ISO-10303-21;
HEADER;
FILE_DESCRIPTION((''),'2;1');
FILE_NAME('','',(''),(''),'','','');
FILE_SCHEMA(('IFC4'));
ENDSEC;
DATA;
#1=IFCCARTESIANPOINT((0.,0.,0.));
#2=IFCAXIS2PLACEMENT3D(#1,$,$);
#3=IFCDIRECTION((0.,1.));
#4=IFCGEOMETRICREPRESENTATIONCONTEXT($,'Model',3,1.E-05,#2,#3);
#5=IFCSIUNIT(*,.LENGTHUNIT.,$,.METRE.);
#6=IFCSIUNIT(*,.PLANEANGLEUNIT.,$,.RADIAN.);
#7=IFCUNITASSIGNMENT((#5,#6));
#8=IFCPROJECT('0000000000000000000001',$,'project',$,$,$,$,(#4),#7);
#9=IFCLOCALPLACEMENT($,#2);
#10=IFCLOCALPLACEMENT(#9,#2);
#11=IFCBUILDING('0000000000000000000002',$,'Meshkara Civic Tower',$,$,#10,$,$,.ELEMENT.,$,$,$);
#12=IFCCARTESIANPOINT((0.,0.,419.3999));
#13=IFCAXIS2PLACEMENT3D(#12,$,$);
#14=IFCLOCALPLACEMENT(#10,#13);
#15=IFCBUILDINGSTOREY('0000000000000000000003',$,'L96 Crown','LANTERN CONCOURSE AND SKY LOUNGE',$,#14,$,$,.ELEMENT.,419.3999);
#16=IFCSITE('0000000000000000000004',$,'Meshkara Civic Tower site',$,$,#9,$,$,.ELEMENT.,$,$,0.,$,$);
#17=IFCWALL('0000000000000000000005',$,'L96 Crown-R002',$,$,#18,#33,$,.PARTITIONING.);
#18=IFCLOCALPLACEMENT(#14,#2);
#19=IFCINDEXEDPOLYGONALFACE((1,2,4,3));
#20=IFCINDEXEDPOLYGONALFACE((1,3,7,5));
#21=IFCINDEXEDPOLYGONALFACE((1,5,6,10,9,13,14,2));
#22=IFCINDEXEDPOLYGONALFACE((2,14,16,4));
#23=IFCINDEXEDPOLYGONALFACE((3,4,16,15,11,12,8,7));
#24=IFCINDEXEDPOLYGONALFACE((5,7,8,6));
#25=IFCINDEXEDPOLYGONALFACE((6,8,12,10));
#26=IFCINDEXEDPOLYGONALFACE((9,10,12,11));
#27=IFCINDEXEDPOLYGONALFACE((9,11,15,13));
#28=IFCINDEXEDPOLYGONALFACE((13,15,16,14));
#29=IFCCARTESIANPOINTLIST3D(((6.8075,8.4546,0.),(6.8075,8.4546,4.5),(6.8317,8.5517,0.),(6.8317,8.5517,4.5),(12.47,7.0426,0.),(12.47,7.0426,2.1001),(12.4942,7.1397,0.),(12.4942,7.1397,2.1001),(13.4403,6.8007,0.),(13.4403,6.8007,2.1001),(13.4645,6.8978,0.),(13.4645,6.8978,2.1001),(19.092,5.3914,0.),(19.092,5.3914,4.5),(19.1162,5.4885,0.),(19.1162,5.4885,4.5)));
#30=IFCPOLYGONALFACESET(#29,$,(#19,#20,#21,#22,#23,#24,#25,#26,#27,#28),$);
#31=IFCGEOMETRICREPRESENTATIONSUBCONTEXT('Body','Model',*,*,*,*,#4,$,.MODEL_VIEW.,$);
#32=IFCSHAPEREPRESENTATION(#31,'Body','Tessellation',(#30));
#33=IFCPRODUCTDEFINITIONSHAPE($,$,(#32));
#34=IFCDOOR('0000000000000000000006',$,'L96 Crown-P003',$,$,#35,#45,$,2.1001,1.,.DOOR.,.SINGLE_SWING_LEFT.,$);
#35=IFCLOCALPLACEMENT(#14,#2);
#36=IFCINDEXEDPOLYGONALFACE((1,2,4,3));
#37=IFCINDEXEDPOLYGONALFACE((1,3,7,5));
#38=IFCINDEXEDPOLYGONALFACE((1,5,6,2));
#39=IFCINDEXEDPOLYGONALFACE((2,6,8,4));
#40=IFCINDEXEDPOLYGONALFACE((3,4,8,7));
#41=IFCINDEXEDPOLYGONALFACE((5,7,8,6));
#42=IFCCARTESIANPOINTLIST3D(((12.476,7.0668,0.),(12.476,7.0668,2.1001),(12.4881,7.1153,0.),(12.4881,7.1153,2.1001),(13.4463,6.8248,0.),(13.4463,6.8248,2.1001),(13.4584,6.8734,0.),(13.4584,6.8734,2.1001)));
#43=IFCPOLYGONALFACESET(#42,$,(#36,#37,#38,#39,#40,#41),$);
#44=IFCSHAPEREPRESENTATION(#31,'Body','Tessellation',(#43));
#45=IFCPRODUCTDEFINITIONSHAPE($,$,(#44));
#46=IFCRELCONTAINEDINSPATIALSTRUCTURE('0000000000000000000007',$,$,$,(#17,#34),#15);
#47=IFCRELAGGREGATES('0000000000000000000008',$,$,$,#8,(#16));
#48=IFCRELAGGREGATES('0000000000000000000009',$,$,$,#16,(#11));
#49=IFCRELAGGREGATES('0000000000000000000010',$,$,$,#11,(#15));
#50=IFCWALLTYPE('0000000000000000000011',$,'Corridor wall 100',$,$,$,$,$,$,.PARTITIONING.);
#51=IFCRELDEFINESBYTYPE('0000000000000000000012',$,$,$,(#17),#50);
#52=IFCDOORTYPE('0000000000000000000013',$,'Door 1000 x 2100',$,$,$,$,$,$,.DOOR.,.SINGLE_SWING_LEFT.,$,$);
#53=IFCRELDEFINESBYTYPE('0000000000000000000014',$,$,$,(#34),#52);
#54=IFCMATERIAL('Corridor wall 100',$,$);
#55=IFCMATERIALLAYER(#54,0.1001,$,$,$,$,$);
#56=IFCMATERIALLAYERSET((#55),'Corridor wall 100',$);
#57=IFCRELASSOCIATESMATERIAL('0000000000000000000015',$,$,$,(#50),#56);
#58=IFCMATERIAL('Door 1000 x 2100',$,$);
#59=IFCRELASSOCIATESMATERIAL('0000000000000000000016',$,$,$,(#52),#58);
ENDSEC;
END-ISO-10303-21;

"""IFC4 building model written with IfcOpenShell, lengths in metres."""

from ifc_helpers import new_model, si_unit, direction, frame, frame_2d, origin, place, context, subcontext, project, spatial, rectangle, extrude, material, layer, layer_set, type_object, element, fill, save


model = new_model("IFC4")

# Units and contexts
model_context = context("Model", 3, precision=1e-05, world=origin(), true_north=direction((0.0, 1.0)))
body_context = subcontext(model_context, "Body", "Model", "MODEL_VIEW")
ifc_project = project(units=[si_unit("LENGTHUNIT", "METRE"), si_unit("PLANEANGLEUNIT", "RADIAN")], contexts=[model_context])

# Site, building, storey
site_placement = place(None, origin())
site = spatial("IfcSite", under=ifc_project, at=site_placement, Name="Meshkara Civic Tower site", CompositionType="ELEMENT", RefElevation=0.0)
building_placement = place(site_placement, origin())
building = spatial("IfcBuilding", under=site, at=building_placement, Name="Meshkara Civic Tower", CompositionType="ELEMENT")
storey_placement = place(building_placement, frame((0.0, 0.0, 419.3999)))
storey = spatial("IfcBuildingStorey", under=building, at=storey_placement, Name="L96 Crown", Description="LANTERN CONCOURSE AND SKY LOUNGE", CompositionType="ELEMENT", Elevation=419.3999)

# Wall, opening, door
ifc_material_1 = material(Name="Corridor wall 100")
ifc_layer_1 = layer(ifc_material_1, 0.1001)
ifc_layer_set_1 = layer_set([ifc_layer_1], Name="Corridor wall 100")
wall_type = type_object("IfcWallType", Name="Corridor wall 100", PredefinedType="PARTITIONING", material=ifc_layer_set_1)
wall_placement = place(storey_placement, frame((6.8196, 8.5032, 0.0), z_axis=(0.0, 0.0, 1.0), x_axis=(0.970289, -0.24195, 0.0)))
wall = element("IfcWall", 1, at=wall_placement, inside=storey, type_object=wall_type, Name="L96 Crown-R002", PredefinedType="PARTITIONING", context=body_context, shape_type="SweptSolid", body=[
    extrude(rectangle(XDim=12.6606, YDim=0.1001, at=frame_2d((6.3303, 0.0))), origin(), (0.0, 0.0, 1.0), 4.5),
])
opening_placement = place(wall_placement, frame((5.8359, 0.0, 0.0)))
opening = element("IfcOpeningElement", 2, at=opening_placement, cuts=wall, PredefinedType="OPENING", context=body_context, shape_type="SweptSolid", body=[
    extrude(rectangle(XDim=1.0, YDim=2.1001, at=frame_2d((0.5, 1.05))), frame((0.0, 0.0601, 0.0), z_axis=(0.0, -1.0, 0.0), x_axis=(1.0, 0.0, 0.0)), (0.0, 0.0, 1.0), 0.1201),
])
ifc_material_2 = material(Name="Door 1000 x 2100")
door_type = type_object("IfcDoorType", Name="Door 1000 x 2100", OperationType="SINGLE_SWING_LEFT", PredefinedType="DOOR", material=ifc_material_2)
door_placement = place(opening_placement, origin())
door = element("IfcDoor", 3, at=door_placement, inside=storey, type_object=door_type, Name="L96 Crown-P003", OperationType="SINGLE_SWING_LEFT", OverallHeight=2.1001, OverallWidth=1.0, PredefinedType="DOOR", context=body_context, shape_type="SweptSolid", body=[
    extrude(rectangle(XDim=1.0, YDim=2.1001, at=frame_2d((0.5, 1.05))), frame((0.0, 0.0249, 0.0), z_axis=(0.0, -1.0, 0.0), x_axis=(1.0, 0.0, 0.0)), (0.0, 0.0, 1.0), 0.05),
])
fill(opening, door)

save(model, "model.ifc")
